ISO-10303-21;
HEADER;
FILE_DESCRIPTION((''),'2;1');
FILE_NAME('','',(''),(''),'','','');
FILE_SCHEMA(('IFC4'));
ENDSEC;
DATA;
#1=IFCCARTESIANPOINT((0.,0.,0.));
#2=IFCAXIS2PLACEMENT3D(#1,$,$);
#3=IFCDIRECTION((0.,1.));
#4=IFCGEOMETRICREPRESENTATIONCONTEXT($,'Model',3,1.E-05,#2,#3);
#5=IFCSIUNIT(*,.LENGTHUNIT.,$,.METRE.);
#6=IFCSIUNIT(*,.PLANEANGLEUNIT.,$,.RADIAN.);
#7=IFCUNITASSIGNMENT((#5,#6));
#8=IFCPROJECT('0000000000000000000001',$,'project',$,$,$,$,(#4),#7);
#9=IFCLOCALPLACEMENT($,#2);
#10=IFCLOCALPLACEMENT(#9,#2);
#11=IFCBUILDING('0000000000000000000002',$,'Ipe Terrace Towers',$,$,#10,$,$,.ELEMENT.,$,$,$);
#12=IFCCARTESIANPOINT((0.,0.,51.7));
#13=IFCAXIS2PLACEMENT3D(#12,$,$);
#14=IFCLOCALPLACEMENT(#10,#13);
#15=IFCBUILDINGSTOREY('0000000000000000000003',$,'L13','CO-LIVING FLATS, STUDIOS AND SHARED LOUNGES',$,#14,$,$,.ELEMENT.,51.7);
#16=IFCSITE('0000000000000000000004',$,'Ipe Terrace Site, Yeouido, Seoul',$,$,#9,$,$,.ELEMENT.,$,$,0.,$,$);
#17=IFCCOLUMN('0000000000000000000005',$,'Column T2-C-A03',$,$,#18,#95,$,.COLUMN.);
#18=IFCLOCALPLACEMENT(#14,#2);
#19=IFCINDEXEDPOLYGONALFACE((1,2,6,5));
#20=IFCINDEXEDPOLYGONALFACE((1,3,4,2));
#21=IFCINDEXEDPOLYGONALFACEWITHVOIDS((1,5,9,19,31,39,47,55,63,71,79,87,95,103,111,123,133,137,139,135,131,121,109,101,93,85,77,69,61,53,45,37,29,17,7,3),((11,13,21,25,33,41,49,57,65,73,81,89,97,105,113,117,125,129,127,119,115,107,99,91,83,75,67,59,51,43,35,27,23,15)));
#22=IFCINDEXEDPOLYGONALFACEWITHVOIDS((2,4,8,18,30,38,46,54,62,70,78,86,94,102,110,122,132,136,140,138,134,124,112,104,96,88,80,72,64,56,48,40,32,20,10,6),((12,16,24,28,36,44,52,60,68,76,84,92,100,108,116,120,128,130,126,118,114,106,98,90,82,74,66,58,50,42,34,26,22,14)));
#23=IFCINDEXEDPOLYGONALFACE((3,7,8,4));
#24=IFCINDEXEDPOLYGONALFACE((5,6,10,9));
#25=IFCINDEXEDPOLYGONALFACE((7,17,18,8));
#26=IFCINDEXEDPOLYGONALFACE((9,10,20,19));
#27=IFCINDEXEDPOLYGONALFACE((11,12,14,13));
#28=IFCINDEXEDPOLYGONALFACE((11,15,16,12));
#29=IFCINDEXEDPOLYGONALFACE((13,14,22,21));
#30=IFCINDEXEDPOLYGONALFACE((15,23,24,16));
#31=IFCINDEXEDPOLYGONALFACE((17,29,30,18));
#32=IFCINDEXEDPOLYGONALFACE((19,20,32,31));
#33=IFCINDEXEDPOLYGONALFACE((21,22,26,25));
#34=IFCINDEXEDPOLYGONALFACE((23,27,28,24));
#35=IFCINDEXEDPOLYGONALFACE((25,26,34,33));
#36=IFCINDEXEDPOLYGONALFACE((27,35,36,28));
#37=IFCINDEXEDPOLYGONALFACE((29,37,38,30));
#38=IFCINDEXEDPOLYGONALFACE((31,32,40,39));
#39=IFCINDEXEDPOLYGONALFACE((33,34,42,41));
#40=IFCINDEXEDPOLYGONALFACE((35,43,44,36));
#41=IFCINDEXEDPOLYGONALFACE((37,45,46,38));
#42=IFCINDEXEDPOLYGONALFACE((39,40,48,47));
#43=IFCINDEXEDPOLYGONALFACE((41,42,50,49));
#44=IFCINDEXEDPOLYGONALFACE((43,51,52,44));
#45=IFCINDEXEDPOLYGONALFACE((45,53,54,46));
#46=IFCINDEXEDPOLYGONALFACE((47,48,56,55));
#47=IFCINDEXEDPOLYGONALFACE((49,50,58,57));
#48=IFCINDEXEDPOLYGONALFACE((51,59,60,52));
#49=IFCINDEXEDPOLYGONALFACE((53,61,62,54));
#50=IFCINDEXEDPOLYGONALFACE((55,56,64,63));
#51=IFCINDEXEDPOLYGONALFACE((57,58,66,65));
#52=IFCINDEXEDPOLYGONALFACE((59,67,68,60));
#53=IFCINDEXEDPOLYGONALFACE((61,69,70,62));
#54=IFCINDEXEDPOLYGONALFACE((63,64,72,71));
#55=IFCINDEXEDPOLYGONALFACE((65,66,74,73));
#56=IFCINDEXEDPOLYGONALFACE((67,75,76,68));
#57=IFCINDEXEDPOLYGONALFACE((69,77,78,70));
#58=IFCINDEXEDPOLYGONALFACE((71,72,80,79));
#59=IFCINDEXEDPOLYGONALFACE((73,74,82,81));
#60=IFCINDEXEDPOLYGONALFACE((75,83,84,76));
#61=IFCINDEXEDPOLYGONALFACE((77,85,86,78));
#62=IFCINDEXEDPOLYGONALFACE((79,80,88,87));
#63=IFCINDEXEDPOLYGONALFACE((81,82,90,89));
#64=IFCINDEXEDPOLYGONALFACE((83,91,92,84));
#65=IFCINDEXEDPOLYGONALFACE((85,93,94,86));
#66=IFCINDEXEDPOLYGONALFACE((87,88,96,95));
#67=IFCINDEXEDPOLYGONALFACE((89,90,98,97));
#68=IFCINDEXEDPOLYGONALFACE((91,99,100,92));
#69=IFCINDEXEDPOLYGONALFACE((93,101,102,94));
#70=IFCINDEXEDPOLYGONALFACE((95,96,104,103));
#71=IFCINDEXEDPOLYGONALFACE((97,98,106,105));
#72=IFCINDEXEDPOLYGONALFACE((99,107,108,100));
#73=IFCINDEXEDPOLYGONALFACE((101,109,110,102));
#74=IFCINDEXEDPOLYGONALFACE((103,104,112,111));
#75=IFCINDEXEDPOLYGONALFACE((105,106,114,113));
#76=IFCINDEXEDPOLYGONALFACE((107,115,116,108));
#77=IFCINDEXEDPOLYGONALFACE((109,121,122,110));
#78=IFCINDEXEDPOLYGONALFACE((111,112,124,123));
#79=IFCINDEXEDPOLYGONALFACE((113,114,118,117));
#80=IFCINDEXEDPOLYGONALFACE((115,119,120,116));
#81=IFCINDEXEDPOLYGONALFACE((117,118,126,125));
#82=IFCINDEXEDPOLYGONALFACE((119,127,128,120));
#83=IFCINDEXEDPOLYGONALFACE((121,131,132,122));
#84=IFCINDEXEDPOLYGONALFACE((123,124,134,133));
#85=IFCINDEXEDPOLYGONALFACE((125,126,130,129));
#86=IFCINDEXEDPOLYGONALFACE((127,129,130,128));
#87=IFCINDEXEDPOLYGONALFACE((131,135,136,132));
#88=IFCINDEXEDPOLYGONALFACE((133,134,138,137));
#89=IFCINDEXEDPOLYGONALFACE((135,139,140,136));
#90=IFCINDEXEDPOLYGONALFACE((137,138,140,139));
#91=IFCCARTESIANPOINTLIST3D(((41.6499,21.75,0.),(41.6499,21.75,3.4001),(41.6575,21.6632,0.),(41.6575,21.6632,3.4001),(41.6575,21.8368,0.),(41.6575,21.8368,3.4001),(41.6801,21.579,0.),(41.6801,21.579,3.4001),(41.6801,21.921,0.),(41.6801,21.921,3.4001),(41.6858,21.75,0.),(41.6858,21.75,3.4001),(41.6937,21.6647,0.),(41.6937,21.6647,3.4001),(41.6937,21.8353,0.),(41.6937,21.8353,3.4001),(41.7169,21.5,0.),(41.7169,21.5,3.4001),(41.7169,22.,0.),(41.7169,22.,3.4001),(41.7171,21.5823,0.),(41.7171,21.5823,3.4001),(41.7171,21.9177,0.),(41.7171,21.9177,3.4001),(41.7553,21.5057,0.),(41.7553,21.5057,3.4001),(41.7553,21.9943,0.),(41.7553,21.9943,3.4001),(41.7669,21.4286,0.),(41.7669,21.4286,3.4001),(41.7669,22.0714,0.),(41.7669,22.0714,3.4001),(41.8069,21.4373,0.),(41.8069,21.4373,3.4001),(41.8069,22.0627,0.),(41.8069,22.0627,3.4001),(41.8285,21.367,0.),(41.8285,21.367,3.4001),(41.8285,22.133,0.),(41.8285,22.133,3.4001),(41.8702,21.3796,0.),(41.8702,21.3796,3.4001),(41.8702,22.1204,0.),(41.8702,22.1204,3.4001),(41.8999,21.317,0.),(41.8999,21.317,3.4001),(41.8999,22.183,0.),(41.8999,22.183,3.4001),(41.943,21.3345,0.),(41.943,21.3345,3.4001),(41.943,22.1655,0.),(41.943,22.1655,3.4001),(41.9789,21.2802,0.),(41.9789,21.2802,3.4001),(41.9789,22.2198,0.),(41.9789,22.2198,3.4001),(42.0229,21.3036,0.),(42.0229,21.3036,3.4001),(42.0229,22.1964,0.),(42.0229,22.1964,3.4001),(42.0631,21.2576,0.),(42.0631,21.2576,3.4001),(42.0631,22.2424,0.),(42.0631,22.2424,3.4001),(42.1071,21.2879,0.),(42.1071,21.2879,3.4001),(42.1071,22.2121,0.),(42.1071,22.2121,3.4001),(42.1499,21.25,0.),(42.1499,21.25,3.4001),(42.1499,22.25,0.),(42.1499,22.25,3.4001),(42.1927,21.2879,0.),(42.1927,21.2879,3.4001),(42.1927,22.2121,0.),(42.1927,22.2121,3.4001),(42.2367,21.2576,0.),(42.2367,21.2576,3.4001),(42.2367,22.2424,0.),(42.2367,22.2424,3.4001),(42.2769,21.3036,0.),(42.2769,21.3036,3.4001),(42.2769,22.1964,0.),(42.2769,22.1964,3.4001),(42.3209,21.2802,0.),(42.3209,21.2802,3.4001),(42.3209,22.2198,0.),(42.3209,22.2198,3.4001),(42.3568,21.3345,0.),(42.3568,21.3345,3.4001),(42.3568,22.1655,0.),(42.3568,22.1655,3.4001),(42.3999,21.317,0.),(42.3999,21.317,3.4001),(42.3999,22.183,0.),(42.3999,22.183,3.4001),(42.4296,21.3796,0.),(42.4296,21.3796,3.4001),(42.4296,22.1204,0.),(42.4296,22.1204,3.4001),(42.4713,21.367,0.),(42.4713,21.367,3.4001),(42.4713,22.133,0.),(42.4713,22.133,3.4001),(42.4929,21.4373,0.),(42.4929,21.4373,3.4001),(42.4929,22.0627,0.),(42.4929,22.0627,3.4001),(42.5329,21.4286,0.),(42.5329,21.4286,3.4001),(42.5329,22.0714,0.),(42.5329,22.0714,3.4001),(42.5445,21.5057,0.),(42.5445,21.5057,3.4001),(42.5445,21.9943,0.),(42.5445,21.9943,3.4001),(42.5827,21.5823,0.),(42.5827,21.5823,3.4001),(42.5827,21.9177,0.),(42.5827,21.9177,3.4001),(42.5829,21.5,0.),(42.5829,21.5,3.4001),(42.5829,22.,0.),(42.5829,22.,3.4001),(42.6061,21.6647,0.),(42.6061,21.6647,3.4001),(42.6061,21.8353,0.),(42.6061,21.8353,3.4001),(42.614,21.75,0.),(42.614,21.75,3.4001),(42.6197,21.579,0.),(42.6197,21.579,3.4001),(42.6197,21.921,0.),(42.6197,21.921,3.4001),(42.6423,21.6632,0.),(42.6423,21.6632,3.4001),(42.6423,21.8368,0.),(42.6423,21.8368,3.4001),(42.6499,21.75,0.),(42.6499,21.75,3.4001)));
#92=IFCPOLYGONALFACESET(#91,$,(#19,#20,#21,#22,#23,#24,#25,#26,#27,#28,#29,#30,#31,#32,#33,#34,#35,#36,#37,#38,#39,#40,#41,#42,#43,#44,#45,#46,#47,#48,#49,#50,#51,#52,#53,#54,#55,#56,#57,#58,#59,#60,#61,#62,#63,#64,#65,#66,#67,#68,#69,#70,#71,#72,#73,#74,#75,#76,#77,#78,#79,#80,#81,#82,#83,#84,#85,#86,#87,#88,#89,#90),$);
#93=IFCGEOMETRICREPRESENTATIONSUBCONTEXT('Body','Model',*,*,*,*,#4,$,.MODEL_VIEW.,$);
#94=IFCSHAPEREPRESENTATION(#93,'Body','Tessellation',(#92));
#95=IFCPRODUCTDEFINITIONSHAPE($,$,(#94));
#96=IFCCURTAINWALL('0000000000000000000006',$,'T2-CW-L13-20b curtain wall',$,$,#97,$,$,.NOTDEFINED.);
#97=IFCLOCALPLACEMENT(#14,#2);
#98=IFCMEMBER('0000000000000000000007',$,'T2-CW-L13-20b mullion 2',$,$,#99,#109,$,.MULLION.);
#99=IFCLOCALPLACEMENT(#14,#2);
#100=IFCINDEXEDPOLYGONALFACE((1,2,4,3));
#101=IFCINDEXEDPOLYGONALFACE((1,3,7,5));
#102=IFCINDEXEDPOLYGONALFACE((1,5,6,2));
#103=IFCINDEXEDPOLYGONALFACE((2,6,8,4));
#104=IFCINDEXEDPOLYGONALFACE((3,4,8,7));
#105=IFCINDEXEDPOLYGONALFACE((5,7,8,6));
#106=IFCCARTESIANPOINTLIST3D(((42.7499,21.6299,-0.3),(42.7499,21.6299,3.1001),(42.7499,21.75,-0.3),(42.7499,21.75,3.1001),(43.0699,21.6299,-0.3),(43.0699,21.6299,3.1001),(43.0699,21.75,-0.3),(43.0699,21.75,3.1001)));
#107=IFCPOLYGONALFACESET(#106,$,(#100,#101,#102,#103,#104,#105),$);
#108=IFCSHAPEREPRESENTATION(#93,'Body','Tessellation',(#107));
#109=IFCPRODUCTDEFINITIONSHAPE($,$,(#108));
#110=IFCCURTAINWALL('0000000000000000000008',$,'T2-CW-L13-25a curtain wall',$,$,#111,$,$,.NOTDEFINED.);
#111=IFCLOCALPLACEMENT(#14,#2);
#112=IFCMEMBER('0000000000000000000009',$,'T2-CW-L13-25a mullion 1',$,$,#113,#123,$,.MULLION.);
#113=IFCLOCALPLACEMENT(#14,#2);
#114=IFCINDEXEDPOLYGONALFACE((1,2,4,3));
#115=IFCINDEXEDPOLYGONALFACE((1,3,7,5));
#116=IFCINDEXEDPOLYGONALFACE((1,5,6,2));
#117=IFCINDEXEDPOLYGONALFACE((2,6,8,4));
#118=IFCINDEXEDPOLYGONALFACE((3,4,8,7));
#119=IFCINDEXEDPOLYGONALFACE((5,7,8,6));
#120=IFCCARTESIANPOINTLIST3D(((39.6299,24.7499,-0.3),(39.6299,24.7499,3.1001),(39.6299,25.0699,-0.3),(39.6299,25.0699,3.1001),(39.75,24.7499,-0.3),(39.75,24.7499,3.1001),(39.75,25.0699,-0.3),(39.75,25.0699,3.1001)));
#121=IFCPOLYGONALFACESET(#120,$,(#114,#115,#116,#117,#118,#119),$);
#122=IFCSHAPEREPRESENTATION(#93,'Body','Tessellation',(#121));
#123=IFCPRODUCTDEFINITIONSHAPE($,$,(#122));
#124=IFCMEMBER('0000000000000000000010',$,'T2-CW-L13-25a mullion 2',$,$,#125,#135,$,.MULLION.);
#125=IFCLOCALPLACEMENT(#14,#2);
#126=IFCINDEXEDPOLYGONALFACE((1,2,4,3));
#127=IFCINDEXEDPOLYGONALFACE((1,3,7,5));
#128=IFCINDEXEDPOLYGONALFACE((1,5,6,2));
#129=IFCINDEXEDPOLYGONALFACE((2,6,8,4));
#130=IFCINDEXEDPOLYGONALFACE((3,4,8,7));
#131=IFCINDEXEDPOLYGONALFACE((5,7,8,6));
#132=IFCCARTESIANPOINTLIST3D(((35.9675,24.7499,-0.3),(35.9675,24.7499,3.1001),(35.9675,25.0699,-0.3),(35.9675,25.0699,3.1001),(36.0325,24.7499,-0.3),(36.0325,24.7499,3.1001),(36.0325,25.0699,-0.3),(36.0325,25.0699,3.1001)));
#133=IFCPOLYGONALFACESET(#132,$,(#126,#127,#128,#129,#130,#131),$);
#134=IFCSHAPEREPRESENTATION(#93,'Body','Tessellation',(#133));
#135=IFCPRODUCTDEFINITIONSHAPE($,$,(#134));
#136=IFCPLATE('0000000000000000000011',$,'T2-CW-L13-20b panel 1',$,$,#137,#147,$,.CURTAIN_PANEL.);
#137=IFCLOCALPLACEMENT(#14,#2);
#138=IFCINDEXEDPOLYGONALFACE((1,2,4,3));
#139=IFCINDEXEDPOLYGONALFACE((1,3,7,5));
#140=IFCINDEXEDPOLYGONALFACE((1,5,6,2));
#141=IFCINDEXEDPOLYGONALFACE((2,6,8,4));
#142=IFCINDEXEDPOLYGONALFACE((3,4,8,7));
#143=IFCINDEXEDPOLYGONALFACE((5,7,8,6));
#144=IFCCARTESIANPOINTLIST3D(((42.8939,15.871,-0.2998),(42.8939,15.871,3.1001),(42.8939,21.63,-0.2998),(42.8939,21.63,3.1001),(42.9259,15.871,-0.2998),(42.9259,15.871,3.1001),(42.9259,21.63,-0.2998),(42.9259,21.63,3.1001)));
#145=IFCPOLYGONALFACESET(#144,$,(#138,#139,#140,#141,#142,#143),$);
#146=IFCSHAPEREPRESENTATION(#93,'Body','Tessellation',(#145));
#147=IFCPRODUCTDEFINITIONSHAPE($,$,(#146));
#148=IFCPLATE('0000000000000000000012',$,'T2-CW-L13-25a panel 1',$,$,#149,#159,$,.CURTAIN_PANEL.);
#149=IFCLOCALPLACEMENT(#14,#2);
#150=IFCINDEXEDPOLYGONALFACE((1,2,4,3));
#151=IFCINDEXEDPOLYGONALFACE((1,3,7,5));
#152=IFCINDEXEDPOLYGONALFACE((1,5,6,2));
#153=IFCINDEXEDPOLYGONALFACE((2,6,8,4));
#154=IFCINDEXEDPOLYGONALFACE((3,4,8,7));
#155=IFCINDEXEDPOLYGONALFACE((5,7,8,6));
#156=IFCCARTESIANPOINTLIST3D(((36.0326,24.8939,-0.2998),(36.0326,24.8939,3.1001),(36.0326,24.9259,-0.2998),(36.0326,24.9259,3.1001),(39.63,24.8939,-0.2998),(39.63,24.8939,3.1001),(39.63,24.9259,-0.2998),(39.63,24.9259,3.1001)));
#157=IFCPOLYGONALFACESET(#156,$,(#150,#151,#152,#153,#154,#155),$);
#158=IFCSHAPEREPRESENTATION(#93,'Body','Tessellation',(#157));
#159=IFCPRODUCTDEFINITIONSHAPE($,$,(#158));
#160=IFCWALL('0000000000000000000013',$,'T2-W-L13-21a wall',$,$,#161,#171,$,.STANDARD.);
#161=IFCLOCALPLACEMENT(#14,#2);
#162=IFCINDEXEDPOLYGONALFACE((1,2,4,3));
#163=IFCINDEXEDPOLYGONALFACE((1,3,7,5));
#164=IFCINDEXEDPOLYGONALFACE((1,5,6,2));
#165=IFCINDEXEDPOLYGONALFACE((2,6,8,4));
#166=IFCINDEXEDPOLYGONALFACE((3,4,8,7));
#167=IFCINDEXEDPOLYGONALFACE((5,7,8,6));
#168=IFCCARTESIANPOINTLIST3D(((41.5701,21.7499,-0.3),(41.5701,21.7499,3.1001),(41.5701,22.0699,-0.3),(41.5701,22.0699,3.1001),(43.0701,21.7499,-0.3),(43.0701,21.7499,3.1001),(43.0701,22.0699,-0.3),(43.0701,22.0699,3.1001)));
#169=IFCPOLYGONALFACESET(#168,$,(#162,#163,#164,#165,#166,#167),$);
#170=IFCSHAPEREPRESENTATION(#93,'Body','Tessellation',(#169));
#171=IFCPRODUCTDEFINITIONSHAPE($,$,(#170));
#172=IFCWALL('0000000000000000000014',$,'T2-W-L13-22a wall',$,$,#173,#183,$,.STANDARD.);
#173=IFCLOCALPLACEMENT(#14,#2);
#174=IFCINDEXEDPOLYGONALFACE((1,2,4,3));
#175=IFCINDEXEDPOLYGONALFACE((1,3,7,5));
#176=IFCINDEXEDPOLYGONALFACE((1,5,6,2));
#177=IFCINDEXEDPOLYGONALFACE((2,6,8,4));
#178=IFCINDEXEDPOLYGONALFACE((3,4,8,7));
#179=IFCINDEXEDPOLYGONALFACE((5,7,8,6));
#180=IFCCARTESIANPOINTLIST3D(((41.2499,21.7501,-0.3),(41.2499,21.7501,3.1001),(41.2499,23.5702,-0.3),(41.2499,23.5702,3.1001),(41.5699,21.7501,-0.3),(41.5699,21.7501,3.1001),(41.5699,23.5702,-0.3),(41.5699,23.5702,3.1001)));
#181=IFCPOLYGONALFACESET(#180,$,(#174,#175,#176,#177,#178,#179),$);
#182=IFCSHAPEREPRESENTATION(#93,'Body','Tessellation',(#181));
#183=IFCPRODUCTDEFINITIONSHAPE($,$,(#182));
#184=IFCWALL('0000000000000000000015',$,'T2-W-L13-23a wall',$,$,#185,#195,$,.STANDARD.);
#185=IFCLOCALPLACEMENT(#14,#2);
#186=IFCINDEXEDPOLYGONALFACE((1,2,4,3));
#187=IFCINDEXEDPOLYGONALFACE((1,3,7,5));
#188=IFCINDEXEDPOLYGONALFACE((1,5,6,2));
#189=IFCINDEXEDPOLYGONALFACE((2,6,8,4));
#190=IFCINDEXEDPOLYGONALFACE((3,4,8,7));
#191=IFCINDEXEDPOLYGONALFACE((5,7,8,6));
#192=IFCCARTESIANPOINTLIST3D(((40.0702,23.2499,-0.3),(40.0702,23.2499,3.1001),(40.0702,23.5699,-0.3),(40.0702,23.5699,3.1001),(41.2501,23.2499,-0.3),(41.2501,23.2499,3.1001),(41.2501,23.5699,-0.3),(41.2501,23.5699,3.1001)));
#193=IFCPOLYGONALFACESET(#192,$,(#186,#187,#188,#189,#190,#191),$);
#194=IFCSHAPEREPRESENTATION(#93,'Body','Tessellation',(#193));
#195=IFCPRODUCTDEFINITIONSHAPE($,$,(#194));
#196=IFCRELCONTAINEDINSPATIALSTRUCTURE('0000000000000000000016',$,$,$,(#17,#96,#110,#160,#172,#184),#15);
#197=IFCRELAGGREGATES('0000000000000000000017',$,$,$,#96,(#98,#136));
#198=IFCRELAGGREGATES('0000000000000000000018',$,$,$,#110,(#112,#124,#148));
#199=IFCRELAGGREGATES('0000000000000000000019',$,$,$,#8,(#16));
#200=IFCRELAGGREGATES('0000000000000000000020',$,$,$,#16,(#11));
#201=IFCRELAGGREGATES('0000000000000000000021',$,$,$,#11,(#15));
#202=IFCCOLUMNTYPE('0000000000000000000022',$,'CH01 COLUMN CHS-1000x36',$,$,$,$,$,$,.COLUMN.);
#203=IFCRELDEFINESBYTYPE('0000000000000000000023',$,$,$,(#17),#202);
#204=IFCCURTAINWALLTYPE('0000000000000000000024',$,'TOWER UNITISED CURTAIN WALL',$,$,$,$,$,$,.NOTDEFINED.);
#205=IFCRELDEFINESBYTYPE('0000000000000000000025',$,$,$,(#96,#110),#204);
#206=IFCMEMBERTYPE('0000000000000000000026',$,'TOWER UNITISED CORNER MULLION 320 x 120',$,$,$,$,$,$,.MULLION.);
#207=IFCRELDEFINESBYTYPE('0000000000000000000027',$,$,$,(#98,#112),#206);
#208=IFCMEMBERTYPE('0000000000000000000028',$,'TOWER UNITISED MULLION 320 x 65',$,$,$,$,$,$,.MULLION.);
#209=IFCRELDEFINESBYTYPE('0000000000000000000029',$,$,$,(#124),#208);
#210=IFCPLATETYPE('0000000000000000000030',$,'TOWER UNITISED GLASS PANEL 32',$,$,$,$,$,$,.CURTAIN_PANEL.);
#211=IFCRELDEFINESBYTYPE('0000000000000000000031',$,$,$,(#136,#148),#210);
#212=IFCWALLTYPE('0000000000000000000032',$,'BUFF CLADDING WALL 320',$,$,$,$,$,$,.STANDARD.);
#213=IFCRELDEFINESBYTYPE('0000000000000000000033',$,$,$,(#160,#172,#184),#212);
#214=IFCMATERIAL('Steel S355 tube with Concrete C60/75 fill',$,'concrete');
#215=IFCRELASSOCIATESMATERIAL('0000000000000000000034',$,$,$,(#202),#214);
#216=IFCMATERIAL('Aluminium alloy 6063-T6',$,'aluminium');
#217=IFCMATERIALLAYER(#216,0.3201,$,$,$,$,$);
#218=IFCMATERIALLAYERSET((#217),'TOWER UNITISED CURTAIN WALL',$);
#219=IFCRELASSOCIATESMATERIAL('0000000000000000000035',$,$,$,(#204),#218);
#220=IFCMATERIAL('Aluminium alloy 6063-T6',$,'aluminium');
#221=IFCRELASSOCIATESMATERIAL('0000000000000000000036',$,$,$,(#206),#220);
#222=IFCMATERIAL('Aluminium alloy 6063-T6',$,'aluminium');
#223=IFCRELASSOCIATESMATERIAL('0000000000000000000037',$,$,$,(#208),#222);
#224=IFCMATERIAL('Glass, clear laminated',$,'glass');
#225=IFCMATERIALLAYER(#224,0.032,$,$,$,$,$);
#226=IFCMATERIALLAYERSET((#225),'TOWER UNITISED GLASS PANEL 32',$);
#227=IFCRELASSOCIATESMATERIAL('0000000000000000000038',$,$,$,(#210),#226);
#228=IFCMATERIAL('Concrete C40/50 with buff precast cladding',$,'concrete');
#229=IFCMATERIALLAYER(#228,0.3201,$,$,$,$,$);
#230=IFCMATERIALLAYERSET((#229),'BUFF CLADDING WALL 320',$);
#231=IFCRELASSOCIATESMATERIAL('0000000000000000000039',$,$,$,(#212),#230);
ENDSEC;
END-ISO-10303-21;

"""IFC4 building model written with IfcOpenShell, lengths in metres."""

from ifc_helpers import new_model, si_unit, direction, frame, frame_2d, origin, origin_2d, place, context, subcontext, project, spatial, rectangle, hollow_circle, extrude, material, layer, layer_set, material_profile, profile_set, type_object, element, aggregate, save


model = new_model("IFC4")

# Units and contexts
model_context = context("Model", 3, precision=1e-05, world=origin(), true_north=direction((0.0, 1.0)))
body_context = subcontext(model_context, "Body", "Model", "MODEL_VIEW")
ifc_project = project(units=[si_unit("LENGTHUNIT", "METRE"), si_unit("PLANEANGLEUNIT", "RADIAN")], contexts=[model_context])

# Site, building, storey
site_placement = place(None, origin())
site = spatial("IfcSite", under=ifc_project, at=site_placement, Name="Ipe Terrace Site, Yeouido, Seoul", CompositionType="ELEMENT", RefElevation=0.0)
building_placement = place(site_placement, origin())
building = spatial("IfcBuilding", under=site, at=building_placement, Name="Ipe Terrace Towers", CompositionType="ELEMENT")
storey_placement = place(building_placement, frame((0.0, 0.0, 51.7)))
storey = spatial("IfcBuildingStorey", under=building, at=storey_placement, Name="L13", Description="CO-LIVING FLATS, STUDIOS AND SHARED LOUNGES", CompositionType="ELEMENT", Elevation=51.7)

# Column
ifc_material_1 = material(Name="Steel S355 tube with Concrete C60/75 fill", Category="concrete")
ifc_material_profile_1 = material_profile(ifc_material_1, hollow_circle(Radius=0.5, WallThickness=0.0359, at=origin_2d()), Name="CHS-1000x36")
ifc_profile_set_1 = profile_set([ifc_material_profile_1], Name="Steel S355 tube with Concrete C60/75 fill")
column_type = type_object("IfcColumnType", Name="CH01 COLUMN CHS-1000x36", PredefinedType="COLUMN", material=ifc_profile_set_1)
column_placement = place(storey_placement, frame((42.1499, 21.75, 0.0), z_axis=(0.0, 0.0, 1.0), x_axis=(1.0, 0.0, 0.0)))
element("IfcColumn", 1, at=column_placement, inside=storey, type_object=column_type, Name="Column T2-C-A03", PredefinedType="COLUMN", context=body_context, shape_type="SweptSolid", body=[
    extrude(hollow_circle(Radius=0.5, WallThickness=0.0359, at=origin_2d()), origin(), (0.0, 0.0, 1.0), 3.4001),
])

# Curtain wall, member
ifc_material_2 = material(Name="Aluminium alloy 6063-T6", Category="aluminium")
ifc_layer_1 = layer(ifc_material_2, 0.3201)
ifc_layer_set_1 = layer_set([ifc_layer_1], Name="TOWER UNITISED CURTAIN WALL")
curtain_wall_type = type_object("IfcCurtainWallType", Name="TOWER UNITISED CURTAIN WALL", PredefinedType="NOTDEFINED", material=ifc_layer_set_1)
curtain_wall_1_placement = place(storey_placement, origin())
curtain_wall_1 = element("IfcCurtainWall", 2, at=curtain_wall_1_placement, inside=storey, type_object=curtain_wall_type, Name="T2-CW-L13-20b curtain wall", PredefinedType="NOTDEFINED")
ifc_material_3 = material(Name="Aluminium alloy 6063-T6", Category="aluminium")
ifc_material_profile_2 = material_profile(ifc_material_3, rectangle(XDim=0.3201, YDim=0.1201, at=origin_2d()), Name="TOWER UNITISED CORNER MULLION 320 x 120")
ifc_profile_set_2 = profile_set([ifc_material_profile_2], Name="Aluminium alloy 6063-T6")
member_type_1 = type_object("IfcMemberType", Name="TOWER UNITISED CORNER MULLION 320 x 120", PredefinedType="MULLION", material=ifc_profile_set_2)
member_1_placement = place(storey_placement, frame((42.9099, 21.6899, -0.3), z_axis=(0.0, 0.0, 1.0), x_axis=(1.0, 0.0, 0.0)))
member_1 = element("IfcMember", 3, at=member_1_placement, type_object=member_type_1, Name="T2-CW-L13-20b mullion 2", PredefinedType="MULLION", context=body_context, shape_type="SweptSolid", body=[
    extrude(rectangle(XDim=0.3201, YDim=0.1201, at=origin_2d()), origin(), (0.0, 0.0, 1.0), 3.4001),
])

# Curtain wall, members
curtain_wall_2_placement = place(storey_placement, origin())
curtain_wall_2 = element("IfcCurtainWall", 4, at=curtain_wall_2_placement, inside=storey, type_object=curtain_wall_type, Name="T2-CW-L13-25a curtain wall", PredefinedType="NOTDEFINED")
member_2_placement = place(storey_placement, frame((39.6899, 24.9099, -0.3), z_axis=(0.0, 0.0, 1.0), x_axis=(0.0, 1.0, 0.0)))
member_2 = element("IfcMember", 5, at=member_2_placement, type_object=member_type_1, Name="T2-CW-L13-25a mullion 1", PredefinedType="MULLION", context=body_context, shape_type="SweptSolid", body=[
    extrude(rectangle(XDim=0.3201, YDim=0.1201, at=origin_2d()), origin(), (0.0, 0.0, 1.0), 3.4001),
])
ifc_material_4 = material(Name="Aluminium alloy 6063-T6", Category="aluminium")
ifc_material_profile_3 = material_profile(ifc_material_4, rectangle(XDim=0.3201, YDim=0.0649, at=origin_2d()), Name="TOWER UNITISED MULLION 320 x 65")
ifc_profile_set_3 = profile_set([ifc_material_profile_3], Name="Aluminium alloy 6063-T6")
member_type_2 = type_object("IfcMemberType", Name="TOWER UNITISED MULLION 320 x 65", PredefinedType="MULLION", material=ifc_profile_set_3)
member_3_placement = place(storey_placement, frame((36.0, 24.9099, -0.3), z_axis=(0.0, 0.0, 1.0), x_axis=(0.0, 1.0, 0.0)))
member_3 = element("IfcMember", 6, at=member_3_placement, type_object=member_type_2, Name="T2-CW-L13-25a mullion 2", PredefinedType="MULLION", context=body_context, shape_type="SweptSolid", body=[
    extrude(rectangle(XDim=0.3201, YDim=0.0649, at=origin_2d()), origin(), (0.0, 0.0, 1.0), 3.4001),
])

# Plates
ifc_material_5 = material(Name="Glass, clear laminated", Category="glass")
ifc_layer_2 = layer(ifc_material_5, 0.032)
ifc_layer_set_2 = layer_set([ifc_layer_2], Name="TOWER UNITISED GLASS PANEL 32")
plate_type = type_object("IfcPlateType", Name="TOWER UNITISED GLASS PANEL 32", PredefinedType="CURTAIN_PANEL", material=ifc_layer_set_2)
plate_1_placement = place(storey_placement, frame((42.9099, 18.7505, -0.2998), z_axis=(0.0, 0.0, 1.0), x_axis=(0.0, 1.0, 0.0)))
plate_1 = element("IfcPlate", 7, at=plate_1_placement, type_object=plate_type, Name="T2-CW-L13-20b panel 1", PredefinedType="CURTAIN_PANEL", context=body_context, shape_type="SweptSolid", body=[
    extrude(rectangle(XDim=5.759, YDim=0.032, at=origin_2d()), origin(), (0.0, 0.0, 1.0), 3.3999),
])
aggregate(curtain_wall_1, [member_1, plate_1])
plate_2_placement = place(storey_placement, frame((37.8313, 24.9099, -0.2998), z_axis=(0.0, 0.0, 1.0), x_axis=(-1.0, 0.0, 0.0)))
plate_2 = element("IfcPlate", 8, at=plate_2_placement, type_object=plate_type, Name="T2-CW-L13-25a panel 1", PredefinedType="CURTAIN_PANEL", context=body_context, shape_type="SweptSolid", body=[
    extrude(rectangle(XDim=3.5974, YDim=0.032, at=origin_2d()), origin(), (0.0, 0.0, 1.0), 3.3999),
])
aggregate(curtain_wall_2, [member_2, member_3, plate_2])

# Walls
ifc_material_6 = material(Name="Concrete C40/50 with buff precast cladding", Category="concrete")
ifc_layer_3 = layer(ifc_material_6, 0.3201)
ifc_layer_set_3 = layer_set([ifc_layer_3], Name="BUFF CLADDING WALL 320")
wall_type_1 = type_object("IfcWallType", Name="BUFF CLADDING WALL 320", PredefinedType="STANDARD", material=ifc_layer_set_3)
wall_1_placement = place(storey_placement, frame((43.0701, 21.9099, -0.3), z_axis=(0.0, 0.0, 1.0), x_axis=(-1.0, 0.0, 0.0)))
element("IfcWall", 9, at=wall_1_placement, inside=storey, type_object=wall_type_1, Name="T2-W-L13-21a wall", PredefinedType="STANDARD", context=body_context, shape_type="SweptSolid", body=[
    extrude(rectangle(XDim=1.5, YDim=0.3201, at=frame_2d((0.75, 0.0))), origin(), (0.0, 0.0, 1.0), 3.4001),
])
wall_2_placement = place(storey_placement, frame((41.4099, 21.75, -0.3), z_axis=(0.0, 0.0, 1.0), x_axis=(0.0, 1.0, 0.0)))
element("IfcWall", 10, at=wall_2_placement, inside=storey, type_object=wall_type_1, Name="T2-W-L13-22a wall", PredefinedType="STANDARD", context=body_context, shape_type="SweptSolid", body=[
    extrude(rectangle(XDim=1.8201, YDim=0.3201, at=frame_2d((0.9102, 0.0))), origin(), (0.0, 0.0, 1.0), 3.4001),
])
wall_3_placement = place(storey_placement, frame((41.25, 23.4099, -0.3), z_axis=(0.0, 0.0, 1.0), x_axis=(-1.0, 0.0, 0.0)))
element("IfcWall", 11, at=wall_3_placement, inside=storey, type_object=wall_type_1, Name="T2-W-L13-23a wall", PredefinedType="STANDARD", context=body_context, shape_type="SweptSolid", body=[
    extrude(rectangle(XDim=1.1799, YDim=0.3201, at=frame_2d((0.5898, 0.0))), origin(), (0.0, 0.0, 1.0), 3.4001),
])

save(model, "model.ifc")
